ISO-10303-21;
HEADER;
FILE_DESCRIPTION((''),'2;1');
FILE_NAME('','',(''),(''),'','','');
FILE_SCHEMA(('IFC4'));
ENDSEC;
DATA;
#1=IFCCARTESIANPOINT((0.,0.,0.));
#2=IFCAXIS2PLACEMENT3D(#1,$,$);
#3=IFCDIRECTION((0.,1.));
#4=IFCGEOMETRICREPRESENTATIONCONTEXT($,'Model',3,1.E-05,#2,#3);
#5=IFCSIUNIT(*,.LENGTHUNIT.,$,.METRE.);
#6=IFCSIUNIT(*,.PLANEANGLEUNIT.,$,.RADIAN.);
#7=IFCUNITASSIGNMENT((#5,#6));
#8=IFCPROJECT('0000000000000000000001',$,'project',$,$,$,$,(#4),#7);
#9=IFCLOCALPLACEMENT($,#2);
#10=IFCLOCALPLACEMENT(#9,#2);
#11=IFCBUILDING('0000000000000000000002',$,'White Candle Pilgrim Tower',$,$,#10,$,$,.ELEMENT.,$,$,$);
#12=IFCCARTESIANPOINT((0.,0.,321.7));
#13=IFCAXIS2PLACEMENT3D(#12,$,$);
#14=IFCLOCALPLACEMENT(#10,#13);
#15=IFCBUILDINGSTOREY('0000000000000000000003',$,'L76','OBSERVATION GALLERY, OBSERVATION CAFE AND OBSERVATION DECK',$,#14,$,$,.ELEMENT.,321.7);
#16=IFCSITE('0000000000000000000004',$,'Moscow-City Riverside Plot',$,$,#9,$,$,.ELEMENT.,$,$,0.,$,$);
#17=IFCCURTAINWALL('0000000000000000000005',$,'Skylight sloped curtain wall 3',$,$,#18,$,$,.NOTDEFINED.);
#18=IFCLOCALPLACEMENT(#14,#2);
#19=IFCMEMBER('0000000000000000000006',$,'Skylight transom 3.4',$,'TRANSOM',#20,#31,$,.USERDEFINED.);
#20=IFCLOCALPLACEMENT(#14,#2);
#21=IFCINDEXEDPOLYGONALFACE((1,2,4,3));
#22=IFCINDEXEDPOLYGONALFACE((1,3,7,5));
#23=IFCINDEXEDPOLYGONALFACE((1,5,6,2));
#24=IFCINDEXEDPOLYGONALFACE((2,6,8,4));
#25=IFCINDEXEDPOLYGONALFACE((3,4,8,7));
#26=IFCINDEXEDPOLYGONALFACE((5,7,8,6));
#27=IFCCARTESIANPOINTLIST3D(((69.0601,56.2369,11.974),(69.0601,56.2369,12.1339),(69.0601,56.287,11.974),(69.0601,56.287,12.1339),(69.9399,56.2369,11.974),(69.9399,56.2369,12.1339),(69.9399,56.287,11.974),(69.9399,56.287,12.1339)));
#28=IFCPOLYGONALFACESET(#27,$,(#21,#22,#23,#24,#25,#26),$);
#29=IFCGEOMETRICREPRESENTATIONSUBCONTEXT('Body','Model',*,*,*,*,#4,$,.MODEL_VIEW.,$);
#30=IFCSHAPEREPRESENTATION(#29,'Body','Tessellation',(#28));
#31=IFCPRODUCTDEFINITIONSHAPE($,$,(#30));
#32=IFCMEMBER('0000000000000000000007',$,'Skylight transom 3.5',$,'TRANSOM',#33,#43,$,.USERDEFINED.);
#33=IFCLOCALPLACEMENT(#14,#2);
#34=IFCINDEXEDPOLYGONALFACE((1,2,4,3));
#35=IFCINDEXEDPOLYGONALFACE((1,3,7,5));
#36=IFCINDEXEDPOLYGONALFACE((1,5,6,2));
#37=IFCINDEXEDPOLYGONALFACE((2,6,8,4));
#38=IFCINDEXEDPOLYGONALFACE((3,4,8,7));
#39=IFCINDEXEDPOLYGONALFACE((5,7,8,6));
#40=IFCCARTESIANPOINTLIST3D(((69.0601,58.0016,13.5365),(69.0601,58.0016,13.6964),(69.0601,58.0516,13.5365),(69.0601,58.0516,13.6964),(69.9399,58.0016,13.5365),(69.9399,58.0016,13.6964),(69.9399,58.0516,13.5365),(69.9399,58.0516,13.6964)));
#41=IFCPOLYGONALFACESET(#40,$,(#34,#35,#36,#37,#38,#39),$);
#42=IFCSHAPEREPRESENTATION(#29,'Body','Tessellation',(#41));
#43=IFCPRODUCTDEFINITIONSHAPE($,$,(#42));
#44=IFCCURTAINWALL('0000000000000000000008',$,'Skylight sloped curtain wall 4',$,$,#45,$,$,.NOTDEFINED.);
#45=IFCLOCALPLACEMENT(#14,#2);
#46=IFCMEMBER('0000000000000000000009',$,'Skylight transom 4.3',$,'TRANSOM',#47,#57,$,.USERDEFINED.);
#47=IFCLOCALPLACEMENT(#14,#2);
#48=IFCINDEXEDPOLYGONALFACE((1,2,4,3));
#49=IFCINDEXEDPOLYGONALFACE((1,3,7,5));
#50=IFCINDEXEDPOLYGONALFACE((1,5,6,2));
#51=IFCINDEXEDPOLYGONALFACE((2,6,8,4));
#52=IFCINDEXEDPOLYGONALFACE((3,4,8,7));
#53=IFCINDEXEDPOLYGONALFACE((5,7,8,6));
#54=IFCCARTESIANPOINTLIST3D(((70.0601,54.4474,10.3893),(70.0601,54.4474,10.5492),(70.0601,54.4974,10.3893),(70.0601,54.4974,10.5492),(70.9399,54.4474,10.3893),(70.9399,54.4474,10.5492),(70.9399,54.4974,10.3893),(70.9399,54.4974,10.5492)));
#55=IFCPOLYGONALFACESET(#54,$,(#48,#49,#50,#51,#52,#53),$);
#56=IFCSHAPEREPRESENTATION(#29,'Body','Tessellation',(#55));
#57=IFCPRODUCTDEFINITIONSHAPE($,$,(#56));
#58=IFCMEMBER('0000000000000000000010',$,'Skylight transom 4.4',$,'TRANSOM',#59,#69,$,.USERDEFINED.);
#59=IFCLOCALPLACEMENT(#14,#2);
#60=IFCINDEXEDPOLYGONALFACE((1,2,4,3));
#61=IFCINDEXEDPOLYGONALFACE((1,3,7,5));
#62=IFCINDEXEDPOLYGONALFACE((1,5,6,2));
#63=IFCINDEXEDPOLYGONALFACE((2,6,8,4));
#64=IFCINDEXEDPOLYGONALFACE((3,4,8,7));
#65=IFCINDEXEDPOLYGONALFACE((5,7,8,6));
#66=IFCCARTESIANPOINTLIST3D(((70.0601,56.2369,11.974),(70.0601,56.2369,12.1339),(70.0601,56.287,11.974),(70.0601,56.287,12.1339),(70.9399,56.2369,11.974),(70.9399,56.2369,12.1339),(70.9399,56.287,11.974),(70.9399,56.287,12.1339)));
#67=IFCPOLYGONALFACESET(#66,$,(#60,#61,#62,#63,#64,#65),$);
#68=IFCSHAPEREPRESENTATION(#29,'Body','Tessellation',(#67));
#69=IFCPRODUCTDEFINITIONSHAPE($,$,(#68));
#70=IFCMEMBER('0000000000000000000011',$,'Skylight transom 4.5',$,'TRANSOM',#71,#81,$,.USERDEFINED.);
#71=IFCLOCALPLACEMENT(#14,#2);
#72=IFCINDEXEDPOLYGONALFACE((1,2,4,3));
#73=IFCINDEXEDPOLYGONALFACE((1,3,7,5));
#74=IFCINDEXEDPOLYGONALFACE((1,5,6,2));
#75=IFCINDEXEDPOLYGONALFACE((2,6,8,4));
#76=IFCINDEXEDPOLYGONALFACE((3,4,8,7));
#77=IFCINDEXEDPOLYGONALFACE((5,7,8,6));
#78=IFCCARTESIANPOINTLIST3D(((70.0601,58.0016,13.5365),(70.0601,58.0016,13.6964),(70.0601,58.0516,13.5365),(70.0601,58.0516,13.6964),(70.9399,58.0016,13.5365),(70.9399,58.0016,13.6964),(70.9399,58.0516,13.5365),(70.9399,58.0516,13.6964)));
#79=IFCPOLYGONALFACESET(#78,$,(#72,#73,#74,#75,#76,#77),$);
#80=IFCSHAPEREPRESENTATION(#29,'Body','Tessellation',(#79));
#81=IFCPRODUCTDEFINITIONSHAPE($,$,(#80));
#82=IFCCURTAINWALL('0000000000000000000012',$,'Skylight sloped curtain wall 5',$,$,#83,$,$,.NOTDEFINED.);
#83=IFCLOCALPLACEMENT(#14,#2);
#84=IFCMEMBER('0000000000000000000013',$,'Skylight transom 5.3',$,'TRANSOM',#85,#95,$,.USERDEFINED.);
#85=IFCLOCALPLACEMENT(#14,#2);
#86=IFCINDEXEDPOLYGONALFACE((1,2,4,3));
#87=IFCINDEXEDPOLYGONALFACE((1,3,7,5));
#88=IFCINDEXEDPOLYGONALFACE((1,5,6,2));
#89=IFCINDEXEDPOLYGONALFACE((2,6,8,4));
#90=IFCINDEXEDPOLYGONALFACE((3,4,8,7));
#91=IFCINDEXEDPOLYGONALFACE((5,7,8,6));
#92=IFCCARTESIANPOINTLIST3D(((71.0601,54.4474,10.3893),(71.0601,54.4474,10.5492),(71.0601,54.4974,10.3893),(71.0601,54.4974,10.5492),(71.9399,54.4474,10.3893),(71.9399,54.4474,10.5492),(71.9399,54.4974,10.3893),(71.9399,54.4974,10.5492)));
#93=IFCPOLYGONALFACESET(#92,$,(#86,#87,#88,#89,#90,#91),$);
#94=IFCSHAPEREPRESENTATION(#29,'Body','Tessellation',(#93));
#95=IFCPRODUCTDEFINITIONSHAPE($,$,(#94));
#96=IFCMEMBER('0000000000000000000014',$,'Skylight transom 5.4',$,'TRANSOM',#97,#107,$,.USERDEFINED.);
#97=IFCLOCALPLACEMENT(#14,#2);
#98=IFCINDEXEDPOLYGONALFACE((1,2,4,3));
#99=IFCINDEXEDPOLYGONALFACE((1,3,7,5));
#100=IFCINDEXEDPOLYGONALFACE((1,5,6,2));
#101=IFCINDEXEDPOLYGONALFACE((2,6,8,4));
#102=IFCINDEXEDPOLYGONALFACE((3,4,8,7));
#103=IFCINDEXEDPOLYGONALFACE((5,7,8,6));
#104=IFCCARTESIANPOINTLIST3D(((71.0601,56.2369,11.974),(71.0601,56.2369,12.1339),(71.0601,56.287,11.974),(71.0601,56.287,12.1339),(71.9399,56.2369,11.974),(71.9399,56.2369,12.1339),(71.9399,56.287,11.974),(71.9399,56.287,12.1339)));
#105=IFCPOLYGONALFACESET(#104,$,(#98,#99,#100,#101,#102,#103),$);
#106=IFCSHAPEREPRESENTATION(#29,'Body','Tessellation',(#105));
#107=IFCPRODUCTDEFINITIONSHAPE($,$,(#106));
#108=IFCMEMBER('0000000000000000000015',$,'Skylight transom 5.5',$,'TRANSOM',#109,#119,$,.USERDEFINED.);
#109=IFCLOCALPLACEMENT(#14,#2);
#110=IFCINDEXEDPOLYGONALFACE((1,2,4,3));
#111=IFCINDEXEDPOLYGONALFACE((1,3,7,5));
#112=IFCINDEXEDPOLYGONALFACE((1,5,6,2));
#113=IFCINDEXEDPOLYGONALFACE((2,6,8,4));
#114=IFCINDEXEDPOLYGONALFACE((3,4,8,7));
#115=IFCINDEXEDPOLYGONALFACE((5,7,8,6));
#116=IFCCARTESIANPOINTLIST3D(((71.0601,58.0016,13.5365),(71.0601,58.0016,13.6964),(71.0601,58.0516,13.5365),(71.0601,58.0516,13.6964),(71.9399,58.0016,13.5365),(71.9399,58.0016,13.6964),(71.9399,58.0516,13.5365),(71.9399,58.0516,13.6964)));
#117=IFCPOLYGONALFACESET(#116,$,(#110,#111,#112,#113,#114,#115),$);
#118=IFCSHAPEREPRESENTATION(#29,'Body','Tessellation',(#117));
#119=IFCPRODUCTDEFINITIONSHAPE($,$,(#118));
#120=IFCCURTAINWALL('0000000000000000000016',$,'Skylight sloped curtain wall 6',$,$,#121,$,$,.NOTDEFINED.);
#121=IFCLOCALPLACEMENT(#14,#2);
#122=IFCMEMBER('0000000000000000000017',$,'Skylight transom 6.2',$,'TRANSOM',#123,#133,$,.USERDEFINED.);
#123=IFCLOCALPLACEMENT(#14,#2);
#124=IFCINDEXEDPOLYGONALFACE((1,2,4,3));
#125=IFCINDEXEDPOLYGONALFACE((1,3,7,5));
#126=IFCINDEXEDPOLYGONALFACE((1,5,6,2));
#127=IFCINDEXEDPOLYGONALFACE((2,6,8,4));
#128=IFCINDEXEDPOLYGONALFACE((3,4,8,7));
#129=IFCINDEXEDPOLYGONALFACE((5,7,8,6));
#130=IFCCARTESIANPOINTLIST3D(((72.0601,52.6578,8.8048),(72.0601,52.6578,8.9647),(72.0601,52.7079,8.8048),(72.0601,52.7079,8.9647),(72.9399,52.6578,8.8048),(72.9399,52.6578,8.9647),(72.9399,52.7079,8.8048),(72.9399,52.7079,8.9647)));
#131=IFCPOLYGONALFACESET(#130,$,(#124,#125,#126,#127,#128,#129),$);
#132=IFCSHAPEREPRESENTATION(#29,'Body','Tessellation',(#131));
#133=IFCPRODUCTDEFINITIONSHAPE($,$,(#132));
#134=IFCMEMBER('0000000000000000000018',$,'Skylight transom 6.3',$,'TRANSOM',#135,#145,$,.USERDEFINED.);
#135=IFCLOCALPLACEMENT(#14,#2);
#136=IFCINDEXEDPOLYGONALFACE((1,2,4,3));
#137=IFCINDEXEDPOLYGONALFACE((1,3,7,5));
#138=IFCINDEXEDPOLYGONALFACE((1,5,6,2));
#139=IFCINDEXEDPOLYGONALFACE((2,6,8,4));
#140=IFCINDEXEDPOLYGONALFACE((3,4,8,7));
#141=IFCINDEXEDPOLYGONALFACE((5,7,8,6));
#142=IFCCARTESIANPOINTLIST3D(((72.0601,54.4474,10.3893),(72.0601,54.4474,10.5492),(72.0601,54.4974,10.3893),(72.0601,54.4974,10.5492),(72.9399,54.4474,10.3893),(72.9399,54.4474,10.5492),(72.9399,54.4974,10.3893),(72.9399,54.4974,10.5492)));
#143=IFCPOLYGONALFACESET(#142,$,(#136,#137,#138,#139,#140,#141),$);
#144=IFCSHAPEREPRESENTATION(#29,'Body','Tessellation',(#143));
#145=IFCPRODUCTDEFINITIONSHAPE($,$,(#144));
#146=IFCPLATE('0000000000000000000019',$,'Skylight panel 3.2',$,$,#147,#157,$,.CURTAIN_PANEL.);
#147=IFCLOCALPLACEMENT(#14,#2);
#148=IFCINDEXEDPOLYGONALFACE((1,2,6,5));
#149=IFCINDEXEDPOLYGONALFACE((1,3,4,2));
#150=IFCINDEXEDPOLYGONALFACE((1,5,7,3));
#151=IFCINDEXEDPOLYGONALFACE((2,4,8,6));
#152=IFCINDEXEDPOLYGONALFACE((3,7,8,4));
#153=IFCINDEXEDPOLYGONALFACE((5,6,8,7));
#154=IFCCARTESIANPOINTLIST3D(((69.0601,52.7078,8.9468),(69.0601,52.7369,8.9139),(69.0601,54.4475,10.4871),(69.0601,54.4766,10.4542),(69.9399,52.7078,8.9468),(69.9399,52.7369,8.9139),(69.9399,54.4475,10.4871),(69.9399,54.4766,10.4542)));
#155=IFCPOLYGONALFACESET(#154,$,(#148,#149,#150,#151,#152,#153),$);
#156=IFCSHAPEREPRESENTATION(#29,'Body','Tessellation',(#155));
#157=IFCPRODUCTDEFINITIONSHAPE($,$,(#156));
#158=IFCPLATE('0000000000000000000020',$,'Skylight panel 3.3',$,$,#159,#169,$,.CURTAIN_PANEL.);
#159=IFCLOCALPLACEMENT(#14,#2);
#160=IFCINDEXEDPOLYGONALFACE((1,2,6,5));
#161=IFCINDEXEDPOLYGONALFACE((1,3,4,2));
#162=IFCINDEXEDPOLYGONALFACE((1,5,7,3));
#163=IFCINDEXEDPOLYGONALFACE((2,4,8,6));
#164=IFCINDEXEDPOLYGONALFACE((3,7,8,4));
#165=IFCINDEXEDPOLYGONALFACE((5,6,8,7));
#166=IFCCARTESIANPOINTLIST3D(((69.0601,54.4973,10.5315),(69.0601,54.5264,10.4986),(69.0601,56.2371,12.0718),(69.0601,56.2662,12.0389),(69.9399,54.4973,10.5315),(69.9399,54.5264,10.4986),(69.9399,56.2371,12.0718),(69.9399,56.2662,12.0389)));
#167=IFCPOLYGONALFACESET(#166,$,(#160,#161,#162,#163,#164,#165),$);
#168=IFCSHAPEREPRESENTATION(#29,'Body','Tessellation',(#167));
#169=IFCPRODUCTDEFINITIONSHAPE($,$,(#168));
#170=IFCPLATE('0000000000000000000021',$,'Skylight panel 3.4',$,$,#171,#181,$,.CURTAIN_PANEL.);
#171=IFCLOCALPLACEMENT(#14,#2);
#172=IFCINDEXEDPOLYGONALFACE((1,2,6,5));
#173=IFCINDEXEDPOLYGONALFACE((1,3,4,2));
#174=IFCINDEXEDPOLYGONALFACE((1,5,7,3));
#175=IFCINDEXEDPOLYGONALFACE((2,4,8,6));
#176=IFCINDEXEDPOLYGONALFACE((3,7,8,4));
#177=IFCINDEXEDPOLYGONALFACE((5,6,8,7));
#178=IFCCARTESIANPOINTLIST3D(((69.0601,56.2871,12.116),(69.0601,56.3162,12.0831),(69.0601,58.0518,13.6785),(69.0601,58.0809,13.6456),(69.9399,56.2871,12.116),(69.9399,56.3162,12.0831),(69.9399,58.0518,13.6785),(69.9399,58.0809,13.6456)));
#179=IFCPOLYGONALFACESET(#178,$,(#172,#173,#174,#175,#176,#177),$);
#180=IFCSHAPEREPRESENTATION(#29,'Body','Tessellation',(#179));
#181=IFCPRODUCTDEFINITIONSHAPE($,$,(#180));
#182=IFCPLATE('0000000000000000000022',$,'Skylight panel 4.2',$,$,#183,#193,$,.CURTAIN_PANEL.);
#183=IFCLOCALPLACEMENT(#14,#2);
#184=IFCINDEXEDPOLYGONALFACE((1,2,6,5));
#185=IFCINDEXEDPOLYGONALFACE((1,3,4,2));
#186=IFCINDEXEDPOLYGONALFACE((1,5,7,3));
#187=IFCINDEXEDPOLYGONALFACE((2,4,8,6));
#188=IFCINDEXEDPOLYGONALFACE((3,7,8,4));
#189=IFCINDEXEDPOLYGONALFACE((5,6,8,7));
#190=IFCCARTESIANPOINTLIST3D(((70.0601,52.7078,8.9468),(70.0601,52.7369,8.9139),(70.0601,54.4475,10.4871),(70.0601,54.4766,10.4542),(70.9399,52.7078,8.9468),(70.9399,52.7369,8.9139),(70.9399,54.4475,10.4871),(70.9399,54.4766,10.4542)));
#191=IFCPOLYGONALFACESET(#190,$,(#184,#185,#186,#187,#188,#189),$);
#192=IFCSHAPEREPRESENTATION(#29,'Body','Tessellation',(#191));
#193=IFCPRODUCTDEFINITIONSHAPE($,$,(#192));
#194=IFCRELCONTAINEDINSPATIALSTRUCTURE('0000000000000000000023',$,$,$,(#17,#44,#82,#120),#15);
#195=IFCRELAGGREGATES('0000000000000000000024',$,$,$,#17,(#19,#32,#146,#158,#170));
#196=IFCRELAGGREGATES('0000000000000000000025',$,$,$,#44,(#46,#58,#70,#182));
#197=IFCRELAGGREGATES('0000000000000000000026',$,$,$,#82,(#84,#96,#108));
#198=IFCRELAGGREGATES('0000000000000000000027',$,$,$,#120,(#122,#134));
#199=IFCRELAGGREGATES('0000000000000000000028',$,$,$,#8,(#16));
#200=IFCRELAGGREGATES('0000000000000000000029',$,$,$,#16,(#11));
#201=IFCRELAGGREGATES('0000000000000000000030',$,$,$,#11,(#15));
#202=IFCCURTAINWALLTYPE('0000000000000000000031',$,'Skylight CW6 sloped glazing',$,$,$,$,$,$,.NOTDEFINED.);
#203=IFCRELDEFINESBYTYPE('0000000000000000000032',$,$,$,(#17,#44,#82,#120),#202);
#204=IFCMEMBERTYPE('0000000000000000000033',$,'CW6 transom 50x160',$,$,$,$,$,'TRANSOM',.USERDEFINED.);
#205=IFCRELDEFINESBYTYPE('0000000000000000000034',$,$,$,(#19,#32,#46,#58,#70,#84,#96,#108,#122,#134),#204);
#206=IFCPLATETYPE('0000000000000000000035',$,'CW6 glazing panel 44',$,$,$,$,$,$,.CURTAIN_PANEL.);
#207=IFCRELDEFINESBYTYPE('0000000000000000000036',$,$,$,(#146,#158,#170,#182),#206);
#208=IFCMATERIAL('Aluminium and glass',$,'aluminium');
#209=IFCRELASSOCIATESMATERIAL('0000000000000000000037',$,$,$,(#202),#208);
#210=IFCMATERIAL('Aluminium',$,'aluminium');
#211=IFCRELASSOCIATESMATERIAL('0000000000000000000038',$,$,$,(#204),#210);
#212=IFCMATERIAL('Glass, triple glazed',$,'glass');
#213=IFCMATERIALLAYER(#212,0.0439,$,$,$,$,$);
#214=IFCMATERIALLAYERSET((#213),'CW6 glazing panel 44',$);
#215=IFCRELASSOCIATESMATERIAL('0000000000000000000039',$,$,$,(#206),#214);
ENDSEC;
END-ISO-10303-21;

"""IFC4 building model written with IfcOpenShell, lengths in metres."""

from ifc_helpers import new_model, si_unit, direction, frame, origin, origin_2d, place, context, subcontext, project, spatial, polyline, rectangle, outline, extrude, material, layer, layer_set, material_profile, profile_set, type_object, element, aggregate, save


model = new_model("IFC4")

# Units and contexts
model_context = context("Model", 3, precision=1e-05, world=origin(), true_north=direction((0.0, 1.0)))
body_context = subcontext(model_context, "Body", "Model", "MODEL_VIEW")
ifc_project = project(units=[si_unit("LENGTHUNIT", "METRE"), si_unit("PLANEANGLEUNIT", "RADIAN")], contexts=[model_context])

# Site, building, storey
site_placement = place(None, origin())
site = spatial("IfcSite", under=ifc_project, at=site_placement, Name="Moscow-City Riverside Plot", CompositionType="ELEMENT", RefElevation=0.0)
building_placement = place(site_placement, origin())
building = spatial("IfcBuilding", under=site, at=building_placement, Name="White Candle Pilgrim Tower", CompositionType="ELEMENT")
storey_placement = place(building_placement, frame((0.0, 0.0, 321.7)))
storey = spatial("IfcBuildingStorey", under=building, at=storey_placement, Name="L76", Description="OBSERVATION GALLERY, OBSERVATION CAFE AND OBSERVATION DECK", CompositionType="ELEMENT", Elevation=321.7)

# Curtain walls, members
ifc_material_1 = material(Name="Aluminium and glass", Category="aluminium")
curtain_wall_type = type_object("IfcCurtainWallType", Name="Skylight CW6 sloped glazing", PredefinedType="NOTDEFINED", material=ifc_material_1)
curtain_wall_1_placement = place(storey_placement, origin())
curtain_wall_1 = element("IfcCurtainWall", 1, at=curtain_wall_1_placement, inside=storey, type_object=curtain_wall_type, Name="Skylight sloped curtain wall 3", PredefinedType="NOTDEFINED")
ifc_material_2 = material(Name="Aluminium", Category="aluminium")
ifc_material_profile = material_profile(ifc_material_2, rectangle(XDim=0.05, YDim=0.1599, at=origin_2d()), Name="CW6 transom 50x160")
ifc_profile_set = profile_set([ifc_material_profile], Name="Aluminium")
member_type = type_object("IfcMemberType", Name="CW6 transom 50x160", ElementType="TRANSOM", PredefinedType="USERDEFINED", material=ifc_profile_set)
member_1_placement = place(storey_placement, frame((69.0601, 56.262, 12.054), z_axis=(1.0, 0.0, 0.0), x_axis=(0.0, 1.0, 0.0)))
member_1 = element("IfcMember", 2, at=member_1_placement, type_object=member_type, Name="Skylight transom 3.4", ObjectType="TRANSOM", PredefinedType="USERDEFINED", context=body_context, shape_type="SweptSolid", body=[
    extrude(rectangle(XDim=0.05, YDim=0.1599, at=origin_2d()), origin(), (0.0, 0.0, 1.0), 0.8799),
])
member_2_placement = place(storey_placement, frame((69.0601, 58.0266, 13.6165), z_axis=(1.0, 0.0, 0.0), x_axis=(0.0, 1.0, 0.0)))
member_2 = element("IfcMember", 3, at=member_2_placement, type_object=member_type, Name="Skylight transom 3.5", ObjectType="TRANSOM", PredefinedType="USERDEFINED", context=body_context, shape_type="SweptSolid", body=[
    extrude(rectangle(XDim=0.05, YDim=0.1599, at=origin_2d()), origin(), (0.0, 0.0, 1.0), 0.8799),
])
curtain_wall_2_placement = place(storey_placement, origin())
curtain_wall_2 = element("IfcCurtainWall", 4, at=curtain_wall_2_placement, inside=storey, type_object=curtain_wall_type, Name="Skylight sloped curtain wall 4", PredefinedType="NOTDEFINED")
member_3_placement = place(storey_placement, frame((70.0601, 54.4724, 10.4692), z_axis=(1.0, 0.0, 0.0), x_axis=(0.0, 1.0, 0.0)))
member_3 = element("IfcMember", 5, at=member_3_placement, type_object=member_type, Name="Skylight transom 4.3", ObjectType="TRANSOM", PredefinedType="USERDEFINED", context=body_context, shape_type="SweptSolid", body=[
    extrude(rectangle(XDim=0.05, YDim=0.1599, at=origin_2d()), origin(), (0.0, 0.0, 1.0), 0.8799),
])
member_4_placement = place(storey_placement, frame((70.0601, 56.262, 12.054), z_axis=(1.0, 0.0, 0.0), x_axis=(0.0, 1.0, 0.0)))
member_4 = element("IfcMember", 6, at=member_4_placement, type_object=member_type, Name="Skylight transom 4.4", ObjectType="TRANSOM", PredefinedType="USERDEFINED", context=body_context, shape_type="SweptSolid", body=[
    extrude(rectangle(XDim=0.05, YDim=0.1599, at=origin_2d()), origin(), (0.0, 0.0, 1.0), 0.8799),
])
member_5_placement = place(storey_placement, frame((70.0601, 58.0266, 13.6165), z_axis=(1.0, 0.0, 0.0), x_axis=(0.0, 1.0, 0.0)))
member_5 = element("IfcMember", 7, at=member_5_placement, type_object=member_type, Name="Skylight transom 4.5", ObjectType="TRANSOM", PredefinedType="USERDEFINED", context=body_context, shape_type="SweptSolid", body=[
    extrude(rectangle(XDim=0.05, YDim=0.1599, at=origin_2d()), origin(), (0.0, 0.0, 1.0), 0.8799),
])
curtain_wall_3_placement = place(storey_placement, origin())
curtain_wall_3 = element("IfcCurtainWall", 8, at=curtain_wall_3_placement, inside=storey, type_object=curtain_wall_type, Name="Skylight sloped curtain wall 5", PredefinedType="NOTDEFINED")
member_6_placement = place(storey_placement, frame((71.0601, 54.4724, 10.4692), z_axis=(1.0, 0.0, 0.0), x_axis=(0.0, 1.0, 0.0)))
member_6 = element("IfcMember", 9, at=member_6_placement, type_object=member_type, Name="Skylight transom 5.3", ObjectType="TRANSOM", PredefinedType="USERDEFINED", context=body_context, shape_type="SweptSolid", body=[
    extrude(rectangle(XDim=0.05, YDim=0.1599, at=origin_2d()), origin(), (0.0, 0.0, 1.0), 0.8799),
])
member_7_placement = place(storey_placement, frame((71.0601, 56.262, 12.054), z_axis=(1.0, 0.0, 0.0), x_axis=(0.0, 1.0, 0.0)))
member_7 = element("IfcMember", 10, at=member_7_placement, type_object=member_type, Name="Skylight transom 5.4", ObjectType="TRANSOM", PredefinedType="USERDEFINED", context=body_context, shape_type="SweptSolid", body=[
    extrude(rectangle(XDim=0.05, YDim=0.1599, at=origin_2d()), origin(), (0.0, 0.0, 1.0), 0.8799),
])
member_8_placement = place(storey_placement, frame((71.0601, 58.0266, 13.6165), z_axis=(1.0, 0.0, 0.0), x_axis=(0.0, 1.0, 0.0)))
member_8 = element("IfcMember", 11, at=member_8_placement, type_object=member_type, Name="Skylight transom 5.5", ObjectType="TRANSOM", PredefinedType="USERDEFINED", context=body_context, shape_type="SweptSolid", body=[
    extrude(rectangle(XDim=0.05, YDim=0.1599, at=origin_2d()), origin(), (0.0, 0.0, 1.0), 0.8799),
])
curtain_wall_4_placement = place(storey_placement, origin())
curtain_wall_4 = element("IfcCurtainWall", 12, at=curtain_wall_4_placement, inside=storey, type_object=curtain_wall_type, Name="Skylight sloped curtain wall 6", PredefinedType="NOTDEFINED")
member_9_placement = place(storey_placement, frame((72.0601, 52.6829, 8.8848), z_axis=(1.0, 0.0, 0.0), x_axis=(0.0, 1.0, 0.0)))
member_9 = element("IfcMember", 13, at=member_9_placement, type_object=member_type, Name="Skylight transom 6.2", ObjectType="TRANSOM", PredefinedType="USERDEFINED", context=body_context, shape_type="SweptSolid", body=[
    extrude(rectangle(XDim=0.05, YDim=0.1599, at=origin_2d()), origin(), (0.0, 0.0, 1.0), 0.8799),
])
member_10_placement = place(storey_placement, frame((72.0601, 54.4724, 10.4692), z_axis=(1.0, 0.0, 0.0), x_axis=(0.0, 1.0, 0.0)))
member_10 = element("IfcMember", 14, at=member_10_placement, type_object=member_type, Name="Skylight transom 6.3", ObjectType="TRANSOM", PredefinedType="USERDEFINED", context=body_context, shape_type="SweptSolid", body=[
    extrude(rectangle(XDim=0.05, YDim=0.1599, at=origin_2d()), origin(), (0.0, 0.0, 1.0), 0.8799),
])

# Plates
ifc_material_3 = material(Name="Glass, triple glazed", Category="glass")
ifc_layer = layer(ifc_material_3, 0.0439)
ifc_layer_set = layer_set([ifc_layer], Name="CW6 glazing panel 44")
plate_type = type_object("IfcPlateType", Name="CW6 glazing panel 44", PredefinedType="CURTAIN_PANEL", material=ifc_layer_set)
plate_1_placement = place(storey_placement, frame((69.0601, 52.7078, 8.9468), z_axis=(0.0, -0.662882, 0.748724), x_axis=(1.0, 0.0, 0.0)))
plate_1 = element("IfcPlate", 15, at=plate_1_placement, type_object=plate_type, Name="Skylight panel 3.2", PredefinedType="CURTAIN_PANEL", context=body_context, shape_type="SweptSolid", body=[
    extrude(outline(polyline([(0.0, 0.0), (0.8799, 0.0), (0.8799, 2.3236), (0.0, 2.3236), (0.0, 0.0)])), origin(), (0.0, 0.0, -1.0), 0.0439),
])
plate_2_placement = place(storey_placement, frame((69.0601, 54.4973, 10.5315), z_axis=(0.0, -0.662882, 0.748724), x_axis=(1.0, 0.0, 0.0)))
plate_2 = element("IfcPlate", 16, at=plate_2_placement, type_object=plate_type, Name="Skylight panel 3.3", PredefinedType="CURTAIN_PANEL", context=body_context, shape_type="SweptSolid", body=[
    extrude(outline(polyline([(0.0, 0.0), (0.8799, 0.0), (0.8799, 2.3236), (0.0, 2.3236), (0.0, 0.0)])), origin(), (0.0, 0.0, -1.0), 0.0439),
])
plate_3_placement = place(storey_placement, frame((69.0601, 56.2871, 12.116), z_axis=(0.0, -0.662922, 0.748688), x_axis=(1.0, 0.0, 0.0)))
plate_3 = element("IfcPlate", 17, at=plate_3_placement, type_object=plate_type, Name="Skylight panel 3.4", PredefinedType="CURTAIN_PANEL", context=body_context, shape_type="SweptSolid", body=[
    extrude(outline(polyline([(0.0, 0.0), (0.8799, 0.0), (0.8799, 2.357), (0.0, 2.357), (0.0, 0.0)])), origin(), (0.0, 0.0, -1.0), 0.0439),
])
aggregate(curtain_wall_1, [member_1, member_2, plate_1, plate_2, plate_3])
plate_4_placement = place(storey_placement, frame((70.0601, 52.7078, 8.9468), z_axis=(0.0, -0.662882, 0.748724), x_axis=(1.0, 0.0, 0.0)))
plate_4 = element("IfcPlate", 18, at=plate_4_placement, type_object=plate_type, Name="Skylight panel 4.2", PredefinedType="CURTAIN_PANEL", context=body_context, shape_type="SweptSolid", body=[
    extrude(outline(polyline([(0.0, 0.0), (0.8799, 0.0), (0.8799, 2.3236), (0.0, 2.3236), (0.0, 0.0)])), origin(), (0.0, 0.0, -1.0), 0.0439),
])
aggregate(curtain_wall_2, [member_3, member_4, member_5, plate_4])
aggregate(curtain_wall_3, [member_6, member_7, member_8])
aggregate(curtain_wall_4, [member_9, member_10])

save(model, "model.ifc")
